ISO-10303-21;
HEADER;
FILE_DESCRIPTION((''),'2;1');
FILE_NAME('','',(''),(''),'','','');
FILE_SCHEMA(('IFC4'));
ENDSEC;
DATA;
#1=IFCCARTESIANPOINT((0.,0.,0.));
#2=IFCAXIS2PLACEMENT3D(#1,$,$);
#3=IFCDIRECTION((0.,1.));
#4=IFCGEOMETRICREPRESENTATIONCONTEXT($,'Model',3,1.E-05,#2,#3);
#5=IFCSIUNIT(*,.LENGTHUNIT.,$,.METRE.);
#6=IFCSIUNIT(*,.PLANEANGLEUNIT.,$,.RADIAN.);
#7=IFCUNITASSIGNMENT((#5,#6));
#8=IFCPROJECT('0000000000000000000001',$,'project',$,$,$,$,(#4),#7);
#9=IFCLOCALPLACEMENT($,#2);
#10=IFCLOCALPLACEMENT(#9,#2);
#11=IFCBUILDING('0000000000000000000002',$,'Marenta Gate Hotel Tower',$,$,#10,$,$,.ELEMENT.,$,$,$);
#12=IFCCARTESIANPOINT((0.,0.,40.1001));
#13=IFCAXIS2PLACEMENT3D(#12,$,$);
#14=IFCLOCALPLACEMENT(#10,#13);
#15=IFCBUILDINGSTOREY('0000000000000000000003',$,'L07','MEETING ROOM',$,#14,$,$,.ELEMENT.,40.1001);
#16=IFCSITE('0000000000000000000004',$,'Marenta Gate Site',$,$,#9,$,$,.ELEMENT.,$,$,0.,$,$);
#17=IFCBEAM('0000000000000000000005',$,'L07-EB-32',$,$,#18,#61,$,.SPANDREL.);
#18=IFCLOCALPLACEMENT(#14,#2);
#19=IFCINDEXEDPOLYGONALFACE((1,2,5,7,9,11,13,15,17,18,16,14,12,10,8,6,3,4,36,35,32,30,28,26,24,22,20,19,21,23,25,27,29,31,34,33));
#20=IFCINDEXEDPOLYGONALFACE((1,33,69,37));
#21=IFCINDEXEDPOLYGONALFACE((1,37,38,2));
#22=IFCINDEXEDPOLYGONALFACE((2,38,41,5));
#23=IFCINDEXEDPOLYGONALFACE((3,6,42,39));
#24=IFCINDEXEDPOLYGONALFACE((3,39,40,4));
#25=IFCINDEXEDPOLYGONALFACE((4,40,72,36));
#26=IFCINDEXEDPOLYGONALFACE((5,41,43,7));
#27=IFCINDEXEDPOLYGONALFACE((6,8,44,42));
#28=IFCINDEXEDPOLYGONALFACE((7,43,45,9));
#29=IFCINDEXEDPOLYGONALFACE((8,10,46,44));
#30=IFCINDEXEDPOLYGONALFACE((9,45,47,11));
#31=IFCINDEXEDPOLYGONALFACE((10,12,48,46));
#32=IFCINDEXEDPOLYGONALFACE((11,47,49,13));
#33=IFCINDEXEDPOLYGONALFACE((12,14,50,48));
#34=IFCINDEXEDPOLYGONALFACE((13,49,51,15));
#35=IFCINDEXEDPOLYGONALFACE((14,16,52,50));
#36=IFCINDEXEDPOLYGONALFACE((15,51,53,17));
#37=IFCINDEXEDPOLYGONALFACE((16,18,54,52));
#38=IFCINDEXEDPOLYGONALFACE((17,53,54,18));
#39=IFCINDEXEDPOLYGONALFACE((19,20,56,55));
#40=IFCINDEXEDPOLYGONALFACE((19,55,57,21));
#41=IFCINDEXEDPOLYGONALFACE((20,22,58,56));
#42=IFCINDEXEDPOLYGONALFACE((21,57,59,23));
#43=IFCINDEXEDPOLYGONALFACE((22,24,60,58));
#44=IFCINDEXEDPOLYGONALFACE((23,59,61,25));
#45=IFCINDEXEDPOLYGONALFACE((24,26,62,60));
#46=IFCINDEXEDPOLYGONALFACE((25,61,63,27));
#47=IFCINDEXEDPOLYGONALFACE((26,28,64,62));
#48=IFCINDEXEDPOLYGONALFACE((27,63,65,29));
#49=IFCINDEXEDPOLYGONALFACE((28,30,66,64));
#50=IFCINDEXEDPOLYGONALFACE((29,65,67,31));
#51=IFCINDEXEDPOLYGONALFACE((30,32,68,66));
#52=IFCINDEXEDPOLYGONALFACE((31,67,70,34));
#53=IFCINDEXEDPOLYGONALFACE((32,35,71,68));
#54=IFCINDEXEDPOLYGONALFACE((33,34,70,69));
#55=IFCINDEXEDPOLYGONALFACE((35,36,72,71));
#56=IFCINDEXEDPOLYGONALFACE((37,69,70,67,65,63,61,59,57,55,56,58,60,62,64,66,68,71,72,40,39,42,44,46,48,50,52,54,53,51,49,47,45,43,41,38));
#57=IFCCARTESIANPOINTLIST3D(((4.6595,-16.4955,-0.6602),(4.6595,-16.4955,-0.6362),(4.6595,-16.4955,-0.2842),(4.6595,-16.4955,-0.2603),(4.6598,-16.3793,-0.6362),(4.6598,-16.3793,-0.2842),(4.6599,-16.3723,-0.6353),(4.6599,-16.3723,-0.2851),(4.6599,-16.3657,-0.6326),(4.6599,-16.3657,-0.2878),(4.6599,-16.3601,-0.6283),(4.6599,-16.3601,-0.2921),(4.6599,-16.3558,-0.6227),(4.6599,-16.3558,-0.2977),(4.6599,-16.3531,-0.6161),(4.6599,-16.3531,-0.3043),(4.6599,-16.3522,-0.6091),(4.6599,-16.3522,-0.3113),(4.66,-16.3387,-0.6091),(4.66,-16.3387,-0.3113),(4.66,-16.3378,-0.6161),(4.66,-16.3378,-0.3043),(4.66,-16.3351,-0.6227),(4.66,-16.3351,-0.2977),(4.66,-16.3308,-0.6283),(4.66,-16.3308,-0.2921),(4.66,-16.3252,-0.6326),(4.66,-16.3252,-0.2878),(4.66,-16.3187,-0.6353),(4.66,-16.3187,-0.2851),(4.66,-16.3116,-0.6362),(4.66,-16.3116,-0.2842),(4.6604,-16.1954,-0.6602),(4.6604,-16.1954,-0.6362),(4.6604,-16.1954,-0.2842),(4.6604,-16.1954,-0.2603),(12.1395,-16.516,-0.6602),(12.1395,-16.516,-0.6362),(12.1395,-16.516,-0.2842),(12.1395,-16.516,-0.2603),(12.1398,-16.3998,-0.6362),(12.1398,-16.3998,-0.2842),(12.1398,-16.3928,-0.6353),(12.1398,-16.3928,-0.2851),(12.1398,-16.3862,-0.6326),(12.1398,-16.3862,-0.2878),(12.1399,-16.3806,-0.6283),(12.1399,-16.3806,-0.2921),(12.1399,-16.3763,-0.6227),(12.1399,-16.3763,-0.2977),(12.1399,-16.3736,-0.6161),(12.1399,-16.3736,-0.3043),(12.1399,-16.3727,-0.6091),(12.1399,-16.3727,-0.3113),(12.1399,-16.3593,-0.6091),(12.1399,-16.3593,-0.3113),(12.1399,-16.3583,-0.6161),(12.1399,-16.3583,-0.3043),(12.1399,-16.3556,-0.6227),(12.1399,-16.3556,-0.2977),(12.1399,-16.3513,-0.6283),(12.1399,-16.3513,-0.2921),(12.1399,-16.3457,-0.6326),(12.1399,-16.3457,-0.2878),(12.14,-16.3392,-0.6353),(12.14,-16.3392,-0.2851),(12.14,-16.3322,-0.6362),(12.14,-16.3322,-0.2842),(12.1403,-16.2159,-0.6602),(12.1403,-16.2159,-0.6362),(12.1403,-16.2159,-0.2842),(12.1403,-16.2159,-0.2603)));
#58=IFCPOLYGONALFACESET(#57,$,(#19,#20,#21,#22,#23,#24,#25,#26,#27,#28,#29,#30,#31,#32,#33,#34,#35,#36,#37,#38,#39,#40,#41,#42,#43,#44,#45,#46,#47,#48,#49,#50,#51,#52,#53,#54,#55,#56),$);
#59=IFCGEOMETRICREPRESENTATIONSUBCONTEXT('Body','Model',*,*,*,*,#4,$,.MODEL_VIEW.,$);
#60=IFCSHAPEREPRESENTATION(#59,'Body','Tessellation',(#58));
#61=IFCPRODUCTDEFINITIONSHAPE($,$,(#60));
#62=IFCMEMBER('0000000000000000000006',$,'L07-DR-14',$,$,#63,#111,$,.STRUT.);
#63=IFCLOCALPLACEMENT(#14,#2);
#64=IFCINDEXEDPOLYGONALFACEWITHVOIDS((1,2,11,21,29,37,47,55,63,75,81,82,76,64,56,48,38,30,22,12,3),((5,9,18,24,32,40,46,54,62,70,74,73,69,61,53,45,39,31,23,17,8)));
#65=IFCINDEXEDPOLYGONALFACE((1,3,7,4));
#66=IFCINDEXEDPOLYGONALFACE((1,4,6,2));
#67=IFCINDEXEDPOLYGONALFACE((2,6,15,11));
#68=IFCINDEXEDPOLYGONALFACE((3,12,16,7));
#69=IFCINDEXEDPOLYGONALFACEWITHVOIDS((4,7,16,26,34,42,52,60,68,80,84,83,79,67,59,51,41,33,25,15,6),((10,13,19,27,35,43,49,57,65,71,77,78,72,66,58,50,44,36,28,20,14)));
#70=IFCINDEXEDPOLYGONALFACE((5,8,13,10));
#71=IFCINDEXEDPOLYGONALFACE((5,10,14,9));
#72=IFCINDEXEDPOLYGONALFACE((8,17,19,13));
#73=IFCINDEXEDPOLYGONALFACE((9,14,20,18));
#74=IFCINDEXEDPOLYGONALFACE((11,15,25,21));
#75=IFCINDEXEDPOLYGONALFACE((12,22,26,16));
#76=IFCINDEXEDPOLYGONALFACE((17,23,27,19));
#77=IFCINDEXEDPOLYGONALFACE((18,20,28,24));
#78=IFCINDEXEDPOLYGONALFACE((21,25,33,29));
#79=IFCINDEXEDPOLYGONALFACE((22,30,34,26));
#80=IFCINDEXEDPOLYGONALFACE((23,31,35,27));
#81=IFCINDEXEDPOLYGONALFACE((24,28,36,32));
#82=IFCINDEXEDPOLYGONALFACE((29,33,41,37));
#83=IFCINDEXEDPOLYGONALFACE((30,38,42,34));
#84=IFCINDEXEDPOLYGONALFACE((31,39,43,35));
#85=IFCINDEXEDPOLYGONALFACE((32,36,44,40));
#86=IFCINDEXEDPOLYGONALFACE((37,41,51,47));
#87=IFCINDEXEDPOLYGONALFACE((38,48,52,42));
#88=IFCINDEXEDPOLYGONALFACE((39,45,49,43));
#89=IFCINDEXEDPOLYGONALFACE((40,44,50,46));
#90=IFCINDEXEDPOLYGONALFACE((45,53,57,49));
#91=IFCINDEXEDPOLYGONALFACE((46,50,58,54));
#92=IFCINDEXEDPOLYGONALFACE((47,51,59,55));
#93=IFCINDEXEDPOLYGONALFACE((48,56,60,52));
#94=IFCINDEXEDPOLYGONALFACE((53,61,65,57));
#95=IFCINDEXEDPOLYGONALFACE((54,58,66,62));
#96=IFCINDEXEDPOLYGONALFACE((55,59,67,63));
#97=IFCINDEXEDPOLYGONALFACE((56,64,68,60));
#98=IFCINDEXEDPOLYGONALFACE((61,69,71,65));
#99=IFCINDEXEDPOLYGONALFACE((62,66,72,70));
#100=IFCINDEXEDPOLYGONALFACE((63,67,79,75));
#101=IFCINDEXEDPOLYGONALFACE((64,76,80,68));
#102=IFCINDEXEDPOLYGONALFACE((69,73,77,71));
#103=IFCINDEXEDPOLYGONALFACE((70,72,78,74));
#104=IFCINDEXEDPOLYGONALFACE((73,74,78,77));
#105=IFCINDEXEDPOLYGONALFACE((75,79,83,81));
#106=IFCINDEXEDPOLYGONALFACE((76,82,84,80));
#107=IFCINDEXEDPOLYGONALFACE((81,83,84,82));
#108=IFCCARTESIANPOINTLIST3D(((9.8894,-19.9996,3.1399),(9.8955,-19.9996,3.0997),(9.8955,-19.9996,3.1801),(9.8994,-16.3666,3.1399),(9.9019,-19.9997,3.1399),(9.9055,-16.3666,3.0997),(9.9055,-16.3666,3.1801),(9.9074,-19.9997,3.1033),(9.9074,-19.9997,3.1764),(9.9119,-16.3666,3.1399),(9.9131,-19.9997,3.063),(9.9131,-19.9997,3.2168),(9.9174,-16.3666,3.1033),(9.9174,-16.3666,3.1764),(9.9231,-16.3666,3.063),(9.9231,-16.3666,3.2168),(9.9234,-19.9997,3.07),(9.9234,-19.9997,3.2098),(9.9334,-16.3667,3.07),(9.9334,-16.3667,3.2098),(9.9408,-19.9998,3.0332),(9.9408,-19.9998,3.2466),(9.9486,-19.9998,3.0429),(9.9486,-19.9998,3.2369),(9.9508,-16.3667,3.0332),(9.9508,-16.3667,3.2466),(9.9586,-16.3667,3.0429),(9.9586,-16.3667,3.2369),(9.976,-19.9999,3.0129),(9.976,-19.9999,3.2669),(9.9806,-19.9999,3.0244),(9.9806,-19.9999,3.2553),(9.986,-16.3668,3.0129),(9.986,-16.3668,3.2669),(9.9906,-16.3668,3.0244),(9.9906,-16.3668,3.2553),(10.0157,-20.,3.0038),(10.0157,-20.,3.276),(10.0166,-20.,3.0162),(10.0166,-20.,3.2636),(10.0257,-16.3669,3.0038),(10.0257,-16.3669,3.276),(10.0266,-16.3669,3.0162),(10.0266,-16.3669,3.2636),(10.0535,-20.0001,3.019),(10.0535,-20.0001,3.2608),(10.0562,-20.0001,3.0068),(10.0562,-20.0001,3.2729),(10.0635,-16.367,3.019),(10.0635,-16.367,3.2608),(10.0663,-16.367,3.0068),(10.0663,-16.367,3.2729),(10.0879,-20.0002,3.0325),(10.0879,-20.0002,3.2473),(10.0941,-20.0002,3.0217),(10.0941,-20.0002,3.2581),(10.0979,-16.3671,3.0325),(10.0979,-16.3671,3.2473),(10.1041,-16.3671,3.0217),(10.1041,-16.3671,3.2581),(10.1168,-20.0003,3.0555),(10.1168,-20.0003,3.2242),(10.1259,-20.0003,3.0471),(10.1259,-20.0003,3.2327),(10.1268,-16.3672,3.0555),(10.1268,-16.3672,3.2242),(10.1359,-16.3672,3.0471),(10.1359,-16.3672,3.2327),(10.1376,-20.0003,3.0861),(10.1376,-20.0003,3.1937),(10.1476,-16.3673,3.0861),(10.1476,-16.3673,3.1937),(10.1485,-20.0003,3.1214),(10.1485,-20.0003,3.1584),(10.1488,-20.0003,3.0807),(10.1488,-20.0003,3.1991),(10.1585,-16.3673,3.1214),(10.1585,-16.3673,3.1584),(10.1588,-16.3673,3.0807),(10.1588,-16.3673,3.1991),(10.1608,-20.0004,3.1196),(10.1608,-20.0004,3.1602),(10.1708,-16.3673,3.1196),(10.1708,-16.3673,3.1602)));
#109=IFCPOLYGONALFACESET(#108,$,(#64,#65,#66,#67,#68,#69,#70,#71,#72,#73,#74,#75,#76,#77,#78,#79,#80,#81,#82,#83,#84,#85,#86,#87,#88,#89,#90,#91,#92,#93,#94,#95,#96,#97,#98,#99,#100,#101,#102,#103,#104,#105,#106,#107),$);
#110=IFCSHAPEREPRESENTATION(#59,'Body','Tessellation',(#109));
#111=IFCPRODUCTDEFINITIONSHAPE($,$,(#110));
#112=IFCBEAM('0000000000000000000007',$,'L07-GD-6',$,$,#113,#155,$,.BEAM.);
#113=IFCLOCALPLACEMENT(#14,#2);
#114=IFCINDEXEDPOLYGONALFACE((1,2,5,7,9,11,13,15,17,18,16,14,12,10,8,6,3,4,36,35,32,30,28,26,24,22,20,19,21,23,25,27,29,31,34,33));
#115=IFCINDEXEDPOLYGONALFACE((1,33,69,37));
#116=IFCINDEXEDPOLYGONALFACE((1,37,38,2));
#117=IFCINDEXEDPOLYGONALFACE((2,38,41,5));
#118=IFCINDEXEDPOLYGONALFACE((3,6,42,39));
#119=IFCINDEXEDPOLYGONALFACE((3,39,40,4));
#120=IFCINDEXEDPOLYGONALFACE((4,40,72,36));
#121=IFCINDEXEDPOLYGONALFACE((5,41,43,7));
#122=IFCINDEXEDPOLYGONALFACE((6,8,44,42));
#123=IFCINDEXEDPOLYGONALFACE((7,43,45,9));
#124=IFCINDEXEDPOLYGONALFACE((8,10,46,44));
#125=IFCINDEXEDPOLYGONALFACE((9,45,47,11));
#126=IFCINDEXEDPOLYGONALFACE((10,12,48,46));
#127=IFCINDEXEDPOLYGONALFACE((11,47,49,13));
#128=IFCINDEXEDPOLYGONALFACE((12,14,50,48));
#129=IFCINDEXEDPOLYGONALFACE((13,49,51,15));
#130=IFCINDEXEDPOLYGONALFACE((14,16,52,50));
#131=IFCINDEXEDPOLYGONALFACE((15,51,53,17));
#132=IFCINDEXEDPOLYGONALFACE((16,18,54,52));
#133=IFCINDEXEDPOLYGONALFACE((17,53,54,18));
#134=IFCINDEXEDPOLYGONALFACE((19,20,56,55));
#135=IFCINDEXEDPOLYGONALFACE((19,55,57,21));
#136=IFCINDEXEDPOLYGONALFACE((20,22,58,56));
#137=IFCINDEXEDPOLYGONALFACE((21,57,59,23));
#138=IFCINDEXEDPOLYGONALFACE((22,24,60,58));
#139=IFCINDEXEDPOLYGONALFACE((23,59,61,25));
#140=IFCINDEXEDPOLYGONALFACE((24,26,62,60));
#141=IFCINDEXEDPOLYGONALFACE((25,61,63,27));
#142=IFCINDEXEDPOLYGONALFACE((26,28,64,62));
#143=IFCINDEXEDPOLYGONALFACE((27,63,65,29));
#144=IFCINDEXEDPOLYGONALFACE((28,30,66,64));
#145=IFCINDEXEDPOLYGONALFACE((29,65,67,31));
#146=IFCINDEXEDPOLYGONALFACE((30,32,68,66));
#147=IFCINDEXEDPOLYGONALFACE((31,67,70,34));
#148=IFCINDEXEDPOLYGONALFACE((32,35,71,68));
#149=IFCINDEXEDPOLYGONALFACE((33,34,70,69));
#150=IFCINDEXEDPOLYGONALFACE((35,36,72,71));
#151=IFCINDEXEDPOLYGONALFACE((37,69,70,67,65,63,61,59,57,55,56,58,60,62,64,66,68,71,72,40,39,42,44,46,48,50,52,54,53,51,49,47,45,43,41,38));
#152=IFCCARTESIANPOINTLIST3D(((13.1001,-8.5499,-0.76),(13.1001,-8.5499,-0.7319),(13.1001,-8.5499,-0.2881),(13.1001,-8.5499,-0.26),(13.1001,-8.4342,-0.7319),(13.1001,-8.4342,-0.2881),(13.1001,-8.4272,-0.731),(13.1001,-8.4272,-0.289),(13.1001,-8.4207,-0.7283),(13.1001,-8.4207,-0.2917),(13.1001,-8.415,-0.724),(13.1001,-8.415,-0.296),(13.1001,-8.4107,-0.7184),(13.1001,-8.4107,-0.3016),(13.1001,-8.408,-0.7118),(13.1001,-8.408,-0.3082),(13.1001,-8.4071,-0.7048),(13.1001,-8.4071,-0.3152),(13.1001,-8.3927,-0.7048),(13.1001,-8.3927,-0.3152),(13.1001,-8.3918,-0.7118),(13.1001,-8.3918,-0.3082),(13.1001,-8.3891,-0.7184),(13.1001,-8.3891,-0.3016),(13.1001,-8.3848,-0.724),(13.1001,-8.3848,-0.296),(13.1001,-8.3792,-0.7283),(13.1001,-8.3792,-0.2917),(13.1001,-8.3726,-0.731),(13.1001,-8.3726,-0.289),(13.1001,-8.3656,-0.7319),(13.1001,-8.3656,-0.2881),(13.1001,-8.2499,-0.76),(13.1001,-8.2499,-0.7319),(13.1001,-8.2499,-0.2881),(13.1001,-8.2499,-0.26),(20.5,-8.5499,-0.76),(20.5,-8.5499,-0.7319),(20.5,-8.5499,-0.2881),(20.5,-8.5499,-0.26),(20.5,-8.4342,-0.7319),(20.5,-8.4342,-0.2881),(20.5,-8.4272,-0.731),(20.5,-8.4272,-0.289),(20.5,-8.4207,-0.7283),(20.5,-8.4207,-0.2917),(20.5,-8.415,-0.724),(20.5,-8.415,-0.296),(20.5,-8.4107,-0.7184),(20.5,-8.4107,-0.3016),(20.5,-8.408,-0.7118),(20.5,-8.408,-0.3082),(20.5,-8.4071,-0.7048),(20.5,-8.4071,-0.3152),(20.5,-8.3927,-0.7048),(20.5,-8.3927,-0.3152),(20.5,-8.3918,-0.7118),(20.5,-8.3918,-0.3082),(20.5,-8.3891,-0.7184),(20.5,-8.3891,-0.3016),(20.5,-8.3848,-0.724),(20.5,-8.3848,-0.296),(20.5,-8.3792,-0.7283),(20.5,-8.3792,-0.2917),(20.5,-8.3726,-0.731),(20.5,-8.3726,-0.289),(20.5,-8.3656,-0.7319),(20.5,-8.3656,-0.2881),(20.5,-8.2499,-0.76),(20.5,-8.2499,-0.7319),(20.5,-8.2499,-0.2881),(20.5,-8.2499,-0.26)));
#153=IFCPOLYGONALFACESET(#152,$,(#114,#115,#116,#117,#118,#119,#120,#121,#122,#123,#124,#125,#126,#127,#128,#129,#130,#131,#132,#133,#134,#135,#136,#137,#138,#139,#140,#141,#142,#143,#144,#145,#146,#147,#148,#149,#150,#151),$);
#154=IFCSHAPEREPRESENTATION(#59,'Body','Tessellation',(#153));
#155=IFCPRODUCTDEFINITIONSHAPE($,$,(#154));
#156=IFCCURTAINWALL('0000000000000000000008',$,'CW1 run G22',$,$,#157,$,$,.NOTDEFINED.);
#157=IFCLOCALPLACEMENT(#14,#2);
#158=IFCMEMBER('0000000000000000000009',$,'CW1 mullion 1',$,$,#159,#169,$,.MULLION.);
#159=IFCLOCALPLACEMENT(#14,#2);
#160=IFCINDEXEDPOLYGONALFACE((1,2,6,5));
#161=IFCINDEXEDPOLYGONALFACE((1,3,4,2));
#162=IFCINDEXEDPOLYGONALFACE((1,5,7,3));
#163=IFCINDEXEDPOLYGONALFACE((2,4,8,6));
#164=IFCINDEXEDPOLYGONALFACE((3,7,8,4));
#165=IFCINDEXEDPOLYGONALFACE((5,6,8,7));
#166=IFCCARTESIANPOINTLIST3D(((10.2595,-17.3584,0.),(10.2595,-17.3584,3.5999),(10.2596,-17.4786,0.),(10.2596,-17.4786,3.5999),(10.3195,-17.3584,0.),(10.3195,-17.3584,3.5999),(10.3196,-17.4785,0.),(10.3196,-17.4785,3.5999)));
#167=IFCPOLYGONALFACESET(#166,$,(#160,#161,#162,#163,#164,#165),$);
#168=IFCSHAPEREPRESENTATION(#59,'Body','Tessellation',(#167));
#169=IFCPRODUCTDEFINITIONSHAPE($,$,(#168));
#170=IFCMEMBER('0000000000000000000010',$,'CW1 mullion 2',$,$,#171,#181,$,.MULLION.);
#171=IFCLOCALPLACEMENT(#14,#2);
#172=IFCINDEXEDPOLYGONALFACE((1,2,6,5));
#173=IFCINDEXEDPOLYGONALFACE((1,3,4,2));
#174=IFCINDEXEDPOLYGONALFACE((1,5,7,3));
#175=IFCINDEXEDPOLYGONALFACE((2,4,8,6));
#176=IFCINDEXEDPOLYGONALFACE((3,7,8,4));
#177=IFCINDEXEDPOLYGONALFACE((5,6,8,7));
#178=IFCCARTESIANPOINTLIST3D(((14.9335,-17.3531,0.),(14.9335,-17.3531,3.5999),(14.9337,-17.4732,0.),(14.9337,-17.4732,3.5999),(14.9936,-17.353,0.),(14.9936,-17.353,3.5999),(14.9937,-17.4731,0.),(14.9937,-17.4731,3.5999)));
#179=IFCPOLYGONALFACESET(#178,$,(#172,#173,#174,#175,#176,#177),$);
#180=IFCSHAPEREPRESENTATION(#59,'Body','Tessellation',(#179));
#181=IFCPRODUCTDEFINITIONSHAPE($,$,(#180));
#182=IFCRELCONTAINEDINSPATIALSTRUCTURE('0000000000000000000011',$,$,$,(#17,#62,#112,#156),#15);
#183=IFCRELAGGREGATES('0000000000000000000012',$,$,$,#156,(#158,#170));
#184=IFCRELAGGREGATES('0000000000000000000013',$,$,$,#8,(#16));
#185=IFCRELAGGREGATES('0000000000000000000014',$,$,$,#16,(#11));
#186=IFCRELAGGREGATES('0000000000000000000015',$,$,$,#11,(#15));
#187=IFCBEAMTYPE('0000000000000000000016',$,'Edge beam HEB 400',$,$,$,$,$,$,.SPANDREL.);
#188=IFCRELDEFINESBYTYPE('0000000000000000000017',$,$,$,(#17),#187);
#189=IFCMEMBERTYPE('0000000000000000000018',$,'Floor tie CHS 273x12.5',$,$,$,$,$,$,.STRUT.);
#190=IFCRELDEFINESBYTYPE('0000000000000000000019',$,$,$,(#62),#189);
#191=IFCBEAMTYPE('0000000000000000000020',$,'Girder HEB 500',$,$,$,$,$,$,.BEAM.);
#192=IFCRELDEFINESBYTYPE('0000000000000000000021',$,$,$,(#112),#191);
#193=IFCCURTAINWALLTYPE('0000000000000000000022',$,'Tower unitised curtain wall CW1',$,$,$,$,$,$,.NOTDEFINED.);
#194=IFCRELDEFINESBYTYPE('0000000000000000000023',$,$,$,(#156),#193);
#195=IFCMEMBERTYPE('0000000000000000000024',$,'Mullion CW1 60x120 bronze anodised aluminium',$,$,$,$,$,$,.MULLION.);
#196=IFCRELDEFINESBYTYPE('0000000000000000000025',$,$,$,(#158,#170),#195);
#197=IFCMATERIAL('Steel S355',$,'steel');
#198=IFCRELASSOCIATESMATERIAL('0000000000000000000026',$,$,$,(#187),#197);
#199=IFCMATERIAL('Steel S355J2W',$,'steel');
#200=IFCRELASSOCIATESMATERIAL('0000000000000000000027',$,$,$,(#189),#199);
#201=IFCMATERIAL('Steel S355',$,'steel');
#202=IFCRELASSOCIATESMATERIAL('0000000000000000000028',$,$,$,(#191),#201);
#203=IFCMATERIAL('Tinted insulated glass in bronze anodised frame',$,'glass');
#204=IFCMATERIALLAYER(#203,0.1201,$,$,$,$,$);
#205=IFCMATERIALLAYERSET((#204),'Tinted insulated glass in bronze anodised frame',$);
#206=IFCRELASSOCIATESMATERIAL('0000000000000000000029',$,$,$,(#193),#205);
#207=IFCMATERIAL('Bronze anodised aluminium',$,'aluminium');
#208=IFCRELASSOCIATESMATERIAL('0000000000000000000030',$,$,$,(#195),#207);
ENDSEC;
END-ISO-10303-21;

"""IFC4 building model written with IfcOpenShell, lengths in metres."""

from ifc_helpers import new_model, si_unit, direction, frame, origin, origin_2d, place, context, subcontext, project, spatial, rectangle, hollow_circle, i_section, extrude, material, layer, layer_set, material_profile, profile_set, type_object, element, aggregate, save


model = new_model("IFC4")

# Units and contexts
model_context = context("Model", 3, precision=1e-05, world=origin(), true_north=direction((0.0, 1.0)))
body_context = subcontext(model_context, "Body", "Model", "MODEL_VIEW")
ifc_project = project(units=[si_unit("LENGTHUNIT", "METRE"), si_unit("PLANEANGLEUNIT", "RADIAN")], contexts=[model_context])

# Site, building, storey
site_placement = place(None, origin())
site = spatial("IfcSite", under=ifc_project, at=site_placement, Name="Marenta Gate Site", CompositionType="ELEMENT", RefElevation=0.0)
building_placement = place(site_placement, origin())
building = spatial("IfcBuilding", under=site, at=building_placement, Name="Marenta Gate Hotel Tower", CompositionType="ELEMENT")
storey_placement = place(building_placement, frame((0.0, 0.0, 40.1001)))
storey = spatial("IfcBuildingStorey", under=building, at=storey_placement, Name="L07", Description="MEETING ROOM", CompositionType="ELEMENT", Elevation=40.1001)

# Beam
ifc_material_1 = material(Name="Steel S355", Category="steel")
ifc_material_profile_1 = material_profile(ifc_material_1, i_section(OverallWidth=0.3, OverallDepth=0.3999, WebThickness=0.0134, FlangeThickness=0.0239, FilletRadius=0.0271, at=origin_2d()), Name="HEB 400")
ifc_profile_set_1 = profile_set([ifc_material_profile_1], Name="Steel S355")
beam_type_1 = type_object("IfcBeamType", Name="Edge beam HEB 400", PredefinedType="SPANDREL", material=ifc_profile_set_1)
beam_1_placement = place(storey_placement, frame((12.1399, -16.366, -0.4602), z_axis=(-0.999996, 0.002742, 0.0), x_axis=(-0.002742, -0.999996, 0.0)))
element("IfcBeam", 1, at=beam_1_placement, inside=storey, type_object=beam_type_1, Name="L07-EB-32", PredefinedType="SPANDREL", context=body_context, shape_type="SweptSolid", body=[
    extrude(i_section(OverallWidth=0.3, OverallDepth=0.3999, WebThickness=0.0134, FlangeThickness=0.0239, FilletRadius=0.0271, at=origin_2d()), origin(), (0.0, 0.0, 1.0), 7.48),
])

# Member
ifc_material_2 = material(Name="Steel S355J2W", Category="steel")
ifc_material_profile_2 = material_profile(ifc_material_2, hollow_circle(Radius=0.1365, WallThickness=0.0125, at=origin_2d()), Name="CHS 273x12.5")
ifc_profile_set_2 = profile_set([ifc_material_profile_2], Name="Steel S355J2W")
member_type_1 = type_object("IfcMemberType", Name="Floor tie CHS 273x12.5", PredefinedType="STRUT", material=ifc_profile_set_2)
member_1_placement = place(storey_placement, frame((10.0259, -20.0, 3.1399), z_axis=(0.002755, 0.999996, 0.0), x_axis=(-0.999996, 0.002755, 0.0)))
element("IfcMember", 2, at=member_1_placement, inside=storey, type_object=member_type_1, Name="L07-DR-14", PredefinedType="STRUT", context=body_context, shape_type="SweptSolid", body=[
    extrude(hollow_circle(Radius=0.1365, WallThickness=0.0125, at=origin_2d()), origin(), (0.0, 0.0, 1.0), 3.6331),
])

# Beam
ifc_material_3 = material(Name="Steel S355", Category="steel")
ifc_material_profile_3 = material_profile(ifc_material_3, i_section(OverallWidth=0.3, OverallDepth=0.5, WebThickness=0.0144, FlangeThickness=0.0281, FilletRadius=0.0271, at=origin_2d()), Name="HEB 500")
ifc_profile_set_3 = profile_set([ifc_material_profile_3], Name="Steel S355")
beam_type_2 = type_object("IfcBeamType", Name="Girder HEB 500", PredefinedType="BEAM", material=ifc_profile_set_3)
beam_2_placement = place(storey_placement, frame((13.1001, -8.3999, -0.51), z_axis=(1.0, 0.0, 0.0), x_axis=(0.0, 1.0, 0.0)))
element("IfcBeam", 3, at=beam_2_placement, inside=storey, type_object=beam_type_2, Name="L07-GD-6", PredefinedType="BEAM", context=body_context, shape_type="SweptSolid", body=[
    extrude(i_section(OverallWidth=0.3, OverallDepth=0.5, WebThickness=0.0144, FlangeThickness=0.0281, FilletRadius=0.0271, at=origin_2d()), origin(), (0.0, 0.0, 1.0), 7.3999),
])

# Curtain wall, members
ifc_material_4 = material(Name="Tinted insulated glass in bronze anodised frame", Category="glass")
ifc_layer_1 = layer(ifc_material_4, 0.1201)
ifc_layer_set_1 = layer_set([ifc_layer_1], Name="Tinted insulated glass in bronze anodised frame")
curtain_wall_type = type_object("IfcCurtainWallType", Name="Tower unitised curtain wall CW1", PredefinedType="NOTDEFINED", material=ifc_layer_set_1)
curtain_wall_1_placement = place(storey_placement, origin())
curtain_wall_1 = element("IfcCurtainWall", 4, at=curtain_wall_1_placement, inside=storey, type_object=curtain_wall_type, Name="CW1 run G22", PredefinedType="NOTDEFINED")
ifc_material_5 = material(Name="Bronze anodised aluminium", Category="aluminium")
ifc_material_profile_4 = material_profile(ifc_material_5, rectangle(XDim=0.1201, YDim=0.0601, at=origin_2d()), Name="Mullion CW1 60x120 bronze anodised aluminium")
ifc_profile_set_4 = profile_set([ifc_material_profile_4], Name="Bronze anodised aluminium")
member_type_2 = type_object("IfcMemberType", Name="Mullion CW1 60x120 bronze anodised aluminium", PredefinedType="MULLION", material=ifc_profile_set_4)
member_2_placement = place(storey_placement, frame((10.2896, -17.4185, 0.0), z_axis=(0.0, 0.0, 1.0), x_axis=(-0.001162, 0.999999, 0.0)))
member_2 = element("IfcMember", 5, at=member_2_placement, type_object=member_type_2, Name="CW1 mullion 1", PredefinedType="MULLION", context=body_context, shape_type="SweptSolid", body=[
    extrude(rectangle(XDim=0.1201, YDim=0.0601, at=origin_2d()), origin(), (0.0, 0.0, 1.0), 3.5999),
])
member_3_placement = place(storey_placement, frame((14.9636, -17.4131, 0.0), z_axis=(0.0, 0.0, 1.0), x_axis=(-0.001162, 0.999999, 0.0)))
member_3 = element("IfcMember", 6, at=member_3_placement, type_object=member_type_2, Name="CW1 mullion 2", PredefinedType="MULLION", context=body_context, shape_type="SweptSolid", body=[
    extrude(rectangle(XDim=0.1201, YDim=0.0601, at=origin_2d()), origin(), (0.0, 0.0, 1.0), 3.5999),
])

aggregate(curtain_wall_1, [member_2, member_3])

save(model, "model.ifc")
